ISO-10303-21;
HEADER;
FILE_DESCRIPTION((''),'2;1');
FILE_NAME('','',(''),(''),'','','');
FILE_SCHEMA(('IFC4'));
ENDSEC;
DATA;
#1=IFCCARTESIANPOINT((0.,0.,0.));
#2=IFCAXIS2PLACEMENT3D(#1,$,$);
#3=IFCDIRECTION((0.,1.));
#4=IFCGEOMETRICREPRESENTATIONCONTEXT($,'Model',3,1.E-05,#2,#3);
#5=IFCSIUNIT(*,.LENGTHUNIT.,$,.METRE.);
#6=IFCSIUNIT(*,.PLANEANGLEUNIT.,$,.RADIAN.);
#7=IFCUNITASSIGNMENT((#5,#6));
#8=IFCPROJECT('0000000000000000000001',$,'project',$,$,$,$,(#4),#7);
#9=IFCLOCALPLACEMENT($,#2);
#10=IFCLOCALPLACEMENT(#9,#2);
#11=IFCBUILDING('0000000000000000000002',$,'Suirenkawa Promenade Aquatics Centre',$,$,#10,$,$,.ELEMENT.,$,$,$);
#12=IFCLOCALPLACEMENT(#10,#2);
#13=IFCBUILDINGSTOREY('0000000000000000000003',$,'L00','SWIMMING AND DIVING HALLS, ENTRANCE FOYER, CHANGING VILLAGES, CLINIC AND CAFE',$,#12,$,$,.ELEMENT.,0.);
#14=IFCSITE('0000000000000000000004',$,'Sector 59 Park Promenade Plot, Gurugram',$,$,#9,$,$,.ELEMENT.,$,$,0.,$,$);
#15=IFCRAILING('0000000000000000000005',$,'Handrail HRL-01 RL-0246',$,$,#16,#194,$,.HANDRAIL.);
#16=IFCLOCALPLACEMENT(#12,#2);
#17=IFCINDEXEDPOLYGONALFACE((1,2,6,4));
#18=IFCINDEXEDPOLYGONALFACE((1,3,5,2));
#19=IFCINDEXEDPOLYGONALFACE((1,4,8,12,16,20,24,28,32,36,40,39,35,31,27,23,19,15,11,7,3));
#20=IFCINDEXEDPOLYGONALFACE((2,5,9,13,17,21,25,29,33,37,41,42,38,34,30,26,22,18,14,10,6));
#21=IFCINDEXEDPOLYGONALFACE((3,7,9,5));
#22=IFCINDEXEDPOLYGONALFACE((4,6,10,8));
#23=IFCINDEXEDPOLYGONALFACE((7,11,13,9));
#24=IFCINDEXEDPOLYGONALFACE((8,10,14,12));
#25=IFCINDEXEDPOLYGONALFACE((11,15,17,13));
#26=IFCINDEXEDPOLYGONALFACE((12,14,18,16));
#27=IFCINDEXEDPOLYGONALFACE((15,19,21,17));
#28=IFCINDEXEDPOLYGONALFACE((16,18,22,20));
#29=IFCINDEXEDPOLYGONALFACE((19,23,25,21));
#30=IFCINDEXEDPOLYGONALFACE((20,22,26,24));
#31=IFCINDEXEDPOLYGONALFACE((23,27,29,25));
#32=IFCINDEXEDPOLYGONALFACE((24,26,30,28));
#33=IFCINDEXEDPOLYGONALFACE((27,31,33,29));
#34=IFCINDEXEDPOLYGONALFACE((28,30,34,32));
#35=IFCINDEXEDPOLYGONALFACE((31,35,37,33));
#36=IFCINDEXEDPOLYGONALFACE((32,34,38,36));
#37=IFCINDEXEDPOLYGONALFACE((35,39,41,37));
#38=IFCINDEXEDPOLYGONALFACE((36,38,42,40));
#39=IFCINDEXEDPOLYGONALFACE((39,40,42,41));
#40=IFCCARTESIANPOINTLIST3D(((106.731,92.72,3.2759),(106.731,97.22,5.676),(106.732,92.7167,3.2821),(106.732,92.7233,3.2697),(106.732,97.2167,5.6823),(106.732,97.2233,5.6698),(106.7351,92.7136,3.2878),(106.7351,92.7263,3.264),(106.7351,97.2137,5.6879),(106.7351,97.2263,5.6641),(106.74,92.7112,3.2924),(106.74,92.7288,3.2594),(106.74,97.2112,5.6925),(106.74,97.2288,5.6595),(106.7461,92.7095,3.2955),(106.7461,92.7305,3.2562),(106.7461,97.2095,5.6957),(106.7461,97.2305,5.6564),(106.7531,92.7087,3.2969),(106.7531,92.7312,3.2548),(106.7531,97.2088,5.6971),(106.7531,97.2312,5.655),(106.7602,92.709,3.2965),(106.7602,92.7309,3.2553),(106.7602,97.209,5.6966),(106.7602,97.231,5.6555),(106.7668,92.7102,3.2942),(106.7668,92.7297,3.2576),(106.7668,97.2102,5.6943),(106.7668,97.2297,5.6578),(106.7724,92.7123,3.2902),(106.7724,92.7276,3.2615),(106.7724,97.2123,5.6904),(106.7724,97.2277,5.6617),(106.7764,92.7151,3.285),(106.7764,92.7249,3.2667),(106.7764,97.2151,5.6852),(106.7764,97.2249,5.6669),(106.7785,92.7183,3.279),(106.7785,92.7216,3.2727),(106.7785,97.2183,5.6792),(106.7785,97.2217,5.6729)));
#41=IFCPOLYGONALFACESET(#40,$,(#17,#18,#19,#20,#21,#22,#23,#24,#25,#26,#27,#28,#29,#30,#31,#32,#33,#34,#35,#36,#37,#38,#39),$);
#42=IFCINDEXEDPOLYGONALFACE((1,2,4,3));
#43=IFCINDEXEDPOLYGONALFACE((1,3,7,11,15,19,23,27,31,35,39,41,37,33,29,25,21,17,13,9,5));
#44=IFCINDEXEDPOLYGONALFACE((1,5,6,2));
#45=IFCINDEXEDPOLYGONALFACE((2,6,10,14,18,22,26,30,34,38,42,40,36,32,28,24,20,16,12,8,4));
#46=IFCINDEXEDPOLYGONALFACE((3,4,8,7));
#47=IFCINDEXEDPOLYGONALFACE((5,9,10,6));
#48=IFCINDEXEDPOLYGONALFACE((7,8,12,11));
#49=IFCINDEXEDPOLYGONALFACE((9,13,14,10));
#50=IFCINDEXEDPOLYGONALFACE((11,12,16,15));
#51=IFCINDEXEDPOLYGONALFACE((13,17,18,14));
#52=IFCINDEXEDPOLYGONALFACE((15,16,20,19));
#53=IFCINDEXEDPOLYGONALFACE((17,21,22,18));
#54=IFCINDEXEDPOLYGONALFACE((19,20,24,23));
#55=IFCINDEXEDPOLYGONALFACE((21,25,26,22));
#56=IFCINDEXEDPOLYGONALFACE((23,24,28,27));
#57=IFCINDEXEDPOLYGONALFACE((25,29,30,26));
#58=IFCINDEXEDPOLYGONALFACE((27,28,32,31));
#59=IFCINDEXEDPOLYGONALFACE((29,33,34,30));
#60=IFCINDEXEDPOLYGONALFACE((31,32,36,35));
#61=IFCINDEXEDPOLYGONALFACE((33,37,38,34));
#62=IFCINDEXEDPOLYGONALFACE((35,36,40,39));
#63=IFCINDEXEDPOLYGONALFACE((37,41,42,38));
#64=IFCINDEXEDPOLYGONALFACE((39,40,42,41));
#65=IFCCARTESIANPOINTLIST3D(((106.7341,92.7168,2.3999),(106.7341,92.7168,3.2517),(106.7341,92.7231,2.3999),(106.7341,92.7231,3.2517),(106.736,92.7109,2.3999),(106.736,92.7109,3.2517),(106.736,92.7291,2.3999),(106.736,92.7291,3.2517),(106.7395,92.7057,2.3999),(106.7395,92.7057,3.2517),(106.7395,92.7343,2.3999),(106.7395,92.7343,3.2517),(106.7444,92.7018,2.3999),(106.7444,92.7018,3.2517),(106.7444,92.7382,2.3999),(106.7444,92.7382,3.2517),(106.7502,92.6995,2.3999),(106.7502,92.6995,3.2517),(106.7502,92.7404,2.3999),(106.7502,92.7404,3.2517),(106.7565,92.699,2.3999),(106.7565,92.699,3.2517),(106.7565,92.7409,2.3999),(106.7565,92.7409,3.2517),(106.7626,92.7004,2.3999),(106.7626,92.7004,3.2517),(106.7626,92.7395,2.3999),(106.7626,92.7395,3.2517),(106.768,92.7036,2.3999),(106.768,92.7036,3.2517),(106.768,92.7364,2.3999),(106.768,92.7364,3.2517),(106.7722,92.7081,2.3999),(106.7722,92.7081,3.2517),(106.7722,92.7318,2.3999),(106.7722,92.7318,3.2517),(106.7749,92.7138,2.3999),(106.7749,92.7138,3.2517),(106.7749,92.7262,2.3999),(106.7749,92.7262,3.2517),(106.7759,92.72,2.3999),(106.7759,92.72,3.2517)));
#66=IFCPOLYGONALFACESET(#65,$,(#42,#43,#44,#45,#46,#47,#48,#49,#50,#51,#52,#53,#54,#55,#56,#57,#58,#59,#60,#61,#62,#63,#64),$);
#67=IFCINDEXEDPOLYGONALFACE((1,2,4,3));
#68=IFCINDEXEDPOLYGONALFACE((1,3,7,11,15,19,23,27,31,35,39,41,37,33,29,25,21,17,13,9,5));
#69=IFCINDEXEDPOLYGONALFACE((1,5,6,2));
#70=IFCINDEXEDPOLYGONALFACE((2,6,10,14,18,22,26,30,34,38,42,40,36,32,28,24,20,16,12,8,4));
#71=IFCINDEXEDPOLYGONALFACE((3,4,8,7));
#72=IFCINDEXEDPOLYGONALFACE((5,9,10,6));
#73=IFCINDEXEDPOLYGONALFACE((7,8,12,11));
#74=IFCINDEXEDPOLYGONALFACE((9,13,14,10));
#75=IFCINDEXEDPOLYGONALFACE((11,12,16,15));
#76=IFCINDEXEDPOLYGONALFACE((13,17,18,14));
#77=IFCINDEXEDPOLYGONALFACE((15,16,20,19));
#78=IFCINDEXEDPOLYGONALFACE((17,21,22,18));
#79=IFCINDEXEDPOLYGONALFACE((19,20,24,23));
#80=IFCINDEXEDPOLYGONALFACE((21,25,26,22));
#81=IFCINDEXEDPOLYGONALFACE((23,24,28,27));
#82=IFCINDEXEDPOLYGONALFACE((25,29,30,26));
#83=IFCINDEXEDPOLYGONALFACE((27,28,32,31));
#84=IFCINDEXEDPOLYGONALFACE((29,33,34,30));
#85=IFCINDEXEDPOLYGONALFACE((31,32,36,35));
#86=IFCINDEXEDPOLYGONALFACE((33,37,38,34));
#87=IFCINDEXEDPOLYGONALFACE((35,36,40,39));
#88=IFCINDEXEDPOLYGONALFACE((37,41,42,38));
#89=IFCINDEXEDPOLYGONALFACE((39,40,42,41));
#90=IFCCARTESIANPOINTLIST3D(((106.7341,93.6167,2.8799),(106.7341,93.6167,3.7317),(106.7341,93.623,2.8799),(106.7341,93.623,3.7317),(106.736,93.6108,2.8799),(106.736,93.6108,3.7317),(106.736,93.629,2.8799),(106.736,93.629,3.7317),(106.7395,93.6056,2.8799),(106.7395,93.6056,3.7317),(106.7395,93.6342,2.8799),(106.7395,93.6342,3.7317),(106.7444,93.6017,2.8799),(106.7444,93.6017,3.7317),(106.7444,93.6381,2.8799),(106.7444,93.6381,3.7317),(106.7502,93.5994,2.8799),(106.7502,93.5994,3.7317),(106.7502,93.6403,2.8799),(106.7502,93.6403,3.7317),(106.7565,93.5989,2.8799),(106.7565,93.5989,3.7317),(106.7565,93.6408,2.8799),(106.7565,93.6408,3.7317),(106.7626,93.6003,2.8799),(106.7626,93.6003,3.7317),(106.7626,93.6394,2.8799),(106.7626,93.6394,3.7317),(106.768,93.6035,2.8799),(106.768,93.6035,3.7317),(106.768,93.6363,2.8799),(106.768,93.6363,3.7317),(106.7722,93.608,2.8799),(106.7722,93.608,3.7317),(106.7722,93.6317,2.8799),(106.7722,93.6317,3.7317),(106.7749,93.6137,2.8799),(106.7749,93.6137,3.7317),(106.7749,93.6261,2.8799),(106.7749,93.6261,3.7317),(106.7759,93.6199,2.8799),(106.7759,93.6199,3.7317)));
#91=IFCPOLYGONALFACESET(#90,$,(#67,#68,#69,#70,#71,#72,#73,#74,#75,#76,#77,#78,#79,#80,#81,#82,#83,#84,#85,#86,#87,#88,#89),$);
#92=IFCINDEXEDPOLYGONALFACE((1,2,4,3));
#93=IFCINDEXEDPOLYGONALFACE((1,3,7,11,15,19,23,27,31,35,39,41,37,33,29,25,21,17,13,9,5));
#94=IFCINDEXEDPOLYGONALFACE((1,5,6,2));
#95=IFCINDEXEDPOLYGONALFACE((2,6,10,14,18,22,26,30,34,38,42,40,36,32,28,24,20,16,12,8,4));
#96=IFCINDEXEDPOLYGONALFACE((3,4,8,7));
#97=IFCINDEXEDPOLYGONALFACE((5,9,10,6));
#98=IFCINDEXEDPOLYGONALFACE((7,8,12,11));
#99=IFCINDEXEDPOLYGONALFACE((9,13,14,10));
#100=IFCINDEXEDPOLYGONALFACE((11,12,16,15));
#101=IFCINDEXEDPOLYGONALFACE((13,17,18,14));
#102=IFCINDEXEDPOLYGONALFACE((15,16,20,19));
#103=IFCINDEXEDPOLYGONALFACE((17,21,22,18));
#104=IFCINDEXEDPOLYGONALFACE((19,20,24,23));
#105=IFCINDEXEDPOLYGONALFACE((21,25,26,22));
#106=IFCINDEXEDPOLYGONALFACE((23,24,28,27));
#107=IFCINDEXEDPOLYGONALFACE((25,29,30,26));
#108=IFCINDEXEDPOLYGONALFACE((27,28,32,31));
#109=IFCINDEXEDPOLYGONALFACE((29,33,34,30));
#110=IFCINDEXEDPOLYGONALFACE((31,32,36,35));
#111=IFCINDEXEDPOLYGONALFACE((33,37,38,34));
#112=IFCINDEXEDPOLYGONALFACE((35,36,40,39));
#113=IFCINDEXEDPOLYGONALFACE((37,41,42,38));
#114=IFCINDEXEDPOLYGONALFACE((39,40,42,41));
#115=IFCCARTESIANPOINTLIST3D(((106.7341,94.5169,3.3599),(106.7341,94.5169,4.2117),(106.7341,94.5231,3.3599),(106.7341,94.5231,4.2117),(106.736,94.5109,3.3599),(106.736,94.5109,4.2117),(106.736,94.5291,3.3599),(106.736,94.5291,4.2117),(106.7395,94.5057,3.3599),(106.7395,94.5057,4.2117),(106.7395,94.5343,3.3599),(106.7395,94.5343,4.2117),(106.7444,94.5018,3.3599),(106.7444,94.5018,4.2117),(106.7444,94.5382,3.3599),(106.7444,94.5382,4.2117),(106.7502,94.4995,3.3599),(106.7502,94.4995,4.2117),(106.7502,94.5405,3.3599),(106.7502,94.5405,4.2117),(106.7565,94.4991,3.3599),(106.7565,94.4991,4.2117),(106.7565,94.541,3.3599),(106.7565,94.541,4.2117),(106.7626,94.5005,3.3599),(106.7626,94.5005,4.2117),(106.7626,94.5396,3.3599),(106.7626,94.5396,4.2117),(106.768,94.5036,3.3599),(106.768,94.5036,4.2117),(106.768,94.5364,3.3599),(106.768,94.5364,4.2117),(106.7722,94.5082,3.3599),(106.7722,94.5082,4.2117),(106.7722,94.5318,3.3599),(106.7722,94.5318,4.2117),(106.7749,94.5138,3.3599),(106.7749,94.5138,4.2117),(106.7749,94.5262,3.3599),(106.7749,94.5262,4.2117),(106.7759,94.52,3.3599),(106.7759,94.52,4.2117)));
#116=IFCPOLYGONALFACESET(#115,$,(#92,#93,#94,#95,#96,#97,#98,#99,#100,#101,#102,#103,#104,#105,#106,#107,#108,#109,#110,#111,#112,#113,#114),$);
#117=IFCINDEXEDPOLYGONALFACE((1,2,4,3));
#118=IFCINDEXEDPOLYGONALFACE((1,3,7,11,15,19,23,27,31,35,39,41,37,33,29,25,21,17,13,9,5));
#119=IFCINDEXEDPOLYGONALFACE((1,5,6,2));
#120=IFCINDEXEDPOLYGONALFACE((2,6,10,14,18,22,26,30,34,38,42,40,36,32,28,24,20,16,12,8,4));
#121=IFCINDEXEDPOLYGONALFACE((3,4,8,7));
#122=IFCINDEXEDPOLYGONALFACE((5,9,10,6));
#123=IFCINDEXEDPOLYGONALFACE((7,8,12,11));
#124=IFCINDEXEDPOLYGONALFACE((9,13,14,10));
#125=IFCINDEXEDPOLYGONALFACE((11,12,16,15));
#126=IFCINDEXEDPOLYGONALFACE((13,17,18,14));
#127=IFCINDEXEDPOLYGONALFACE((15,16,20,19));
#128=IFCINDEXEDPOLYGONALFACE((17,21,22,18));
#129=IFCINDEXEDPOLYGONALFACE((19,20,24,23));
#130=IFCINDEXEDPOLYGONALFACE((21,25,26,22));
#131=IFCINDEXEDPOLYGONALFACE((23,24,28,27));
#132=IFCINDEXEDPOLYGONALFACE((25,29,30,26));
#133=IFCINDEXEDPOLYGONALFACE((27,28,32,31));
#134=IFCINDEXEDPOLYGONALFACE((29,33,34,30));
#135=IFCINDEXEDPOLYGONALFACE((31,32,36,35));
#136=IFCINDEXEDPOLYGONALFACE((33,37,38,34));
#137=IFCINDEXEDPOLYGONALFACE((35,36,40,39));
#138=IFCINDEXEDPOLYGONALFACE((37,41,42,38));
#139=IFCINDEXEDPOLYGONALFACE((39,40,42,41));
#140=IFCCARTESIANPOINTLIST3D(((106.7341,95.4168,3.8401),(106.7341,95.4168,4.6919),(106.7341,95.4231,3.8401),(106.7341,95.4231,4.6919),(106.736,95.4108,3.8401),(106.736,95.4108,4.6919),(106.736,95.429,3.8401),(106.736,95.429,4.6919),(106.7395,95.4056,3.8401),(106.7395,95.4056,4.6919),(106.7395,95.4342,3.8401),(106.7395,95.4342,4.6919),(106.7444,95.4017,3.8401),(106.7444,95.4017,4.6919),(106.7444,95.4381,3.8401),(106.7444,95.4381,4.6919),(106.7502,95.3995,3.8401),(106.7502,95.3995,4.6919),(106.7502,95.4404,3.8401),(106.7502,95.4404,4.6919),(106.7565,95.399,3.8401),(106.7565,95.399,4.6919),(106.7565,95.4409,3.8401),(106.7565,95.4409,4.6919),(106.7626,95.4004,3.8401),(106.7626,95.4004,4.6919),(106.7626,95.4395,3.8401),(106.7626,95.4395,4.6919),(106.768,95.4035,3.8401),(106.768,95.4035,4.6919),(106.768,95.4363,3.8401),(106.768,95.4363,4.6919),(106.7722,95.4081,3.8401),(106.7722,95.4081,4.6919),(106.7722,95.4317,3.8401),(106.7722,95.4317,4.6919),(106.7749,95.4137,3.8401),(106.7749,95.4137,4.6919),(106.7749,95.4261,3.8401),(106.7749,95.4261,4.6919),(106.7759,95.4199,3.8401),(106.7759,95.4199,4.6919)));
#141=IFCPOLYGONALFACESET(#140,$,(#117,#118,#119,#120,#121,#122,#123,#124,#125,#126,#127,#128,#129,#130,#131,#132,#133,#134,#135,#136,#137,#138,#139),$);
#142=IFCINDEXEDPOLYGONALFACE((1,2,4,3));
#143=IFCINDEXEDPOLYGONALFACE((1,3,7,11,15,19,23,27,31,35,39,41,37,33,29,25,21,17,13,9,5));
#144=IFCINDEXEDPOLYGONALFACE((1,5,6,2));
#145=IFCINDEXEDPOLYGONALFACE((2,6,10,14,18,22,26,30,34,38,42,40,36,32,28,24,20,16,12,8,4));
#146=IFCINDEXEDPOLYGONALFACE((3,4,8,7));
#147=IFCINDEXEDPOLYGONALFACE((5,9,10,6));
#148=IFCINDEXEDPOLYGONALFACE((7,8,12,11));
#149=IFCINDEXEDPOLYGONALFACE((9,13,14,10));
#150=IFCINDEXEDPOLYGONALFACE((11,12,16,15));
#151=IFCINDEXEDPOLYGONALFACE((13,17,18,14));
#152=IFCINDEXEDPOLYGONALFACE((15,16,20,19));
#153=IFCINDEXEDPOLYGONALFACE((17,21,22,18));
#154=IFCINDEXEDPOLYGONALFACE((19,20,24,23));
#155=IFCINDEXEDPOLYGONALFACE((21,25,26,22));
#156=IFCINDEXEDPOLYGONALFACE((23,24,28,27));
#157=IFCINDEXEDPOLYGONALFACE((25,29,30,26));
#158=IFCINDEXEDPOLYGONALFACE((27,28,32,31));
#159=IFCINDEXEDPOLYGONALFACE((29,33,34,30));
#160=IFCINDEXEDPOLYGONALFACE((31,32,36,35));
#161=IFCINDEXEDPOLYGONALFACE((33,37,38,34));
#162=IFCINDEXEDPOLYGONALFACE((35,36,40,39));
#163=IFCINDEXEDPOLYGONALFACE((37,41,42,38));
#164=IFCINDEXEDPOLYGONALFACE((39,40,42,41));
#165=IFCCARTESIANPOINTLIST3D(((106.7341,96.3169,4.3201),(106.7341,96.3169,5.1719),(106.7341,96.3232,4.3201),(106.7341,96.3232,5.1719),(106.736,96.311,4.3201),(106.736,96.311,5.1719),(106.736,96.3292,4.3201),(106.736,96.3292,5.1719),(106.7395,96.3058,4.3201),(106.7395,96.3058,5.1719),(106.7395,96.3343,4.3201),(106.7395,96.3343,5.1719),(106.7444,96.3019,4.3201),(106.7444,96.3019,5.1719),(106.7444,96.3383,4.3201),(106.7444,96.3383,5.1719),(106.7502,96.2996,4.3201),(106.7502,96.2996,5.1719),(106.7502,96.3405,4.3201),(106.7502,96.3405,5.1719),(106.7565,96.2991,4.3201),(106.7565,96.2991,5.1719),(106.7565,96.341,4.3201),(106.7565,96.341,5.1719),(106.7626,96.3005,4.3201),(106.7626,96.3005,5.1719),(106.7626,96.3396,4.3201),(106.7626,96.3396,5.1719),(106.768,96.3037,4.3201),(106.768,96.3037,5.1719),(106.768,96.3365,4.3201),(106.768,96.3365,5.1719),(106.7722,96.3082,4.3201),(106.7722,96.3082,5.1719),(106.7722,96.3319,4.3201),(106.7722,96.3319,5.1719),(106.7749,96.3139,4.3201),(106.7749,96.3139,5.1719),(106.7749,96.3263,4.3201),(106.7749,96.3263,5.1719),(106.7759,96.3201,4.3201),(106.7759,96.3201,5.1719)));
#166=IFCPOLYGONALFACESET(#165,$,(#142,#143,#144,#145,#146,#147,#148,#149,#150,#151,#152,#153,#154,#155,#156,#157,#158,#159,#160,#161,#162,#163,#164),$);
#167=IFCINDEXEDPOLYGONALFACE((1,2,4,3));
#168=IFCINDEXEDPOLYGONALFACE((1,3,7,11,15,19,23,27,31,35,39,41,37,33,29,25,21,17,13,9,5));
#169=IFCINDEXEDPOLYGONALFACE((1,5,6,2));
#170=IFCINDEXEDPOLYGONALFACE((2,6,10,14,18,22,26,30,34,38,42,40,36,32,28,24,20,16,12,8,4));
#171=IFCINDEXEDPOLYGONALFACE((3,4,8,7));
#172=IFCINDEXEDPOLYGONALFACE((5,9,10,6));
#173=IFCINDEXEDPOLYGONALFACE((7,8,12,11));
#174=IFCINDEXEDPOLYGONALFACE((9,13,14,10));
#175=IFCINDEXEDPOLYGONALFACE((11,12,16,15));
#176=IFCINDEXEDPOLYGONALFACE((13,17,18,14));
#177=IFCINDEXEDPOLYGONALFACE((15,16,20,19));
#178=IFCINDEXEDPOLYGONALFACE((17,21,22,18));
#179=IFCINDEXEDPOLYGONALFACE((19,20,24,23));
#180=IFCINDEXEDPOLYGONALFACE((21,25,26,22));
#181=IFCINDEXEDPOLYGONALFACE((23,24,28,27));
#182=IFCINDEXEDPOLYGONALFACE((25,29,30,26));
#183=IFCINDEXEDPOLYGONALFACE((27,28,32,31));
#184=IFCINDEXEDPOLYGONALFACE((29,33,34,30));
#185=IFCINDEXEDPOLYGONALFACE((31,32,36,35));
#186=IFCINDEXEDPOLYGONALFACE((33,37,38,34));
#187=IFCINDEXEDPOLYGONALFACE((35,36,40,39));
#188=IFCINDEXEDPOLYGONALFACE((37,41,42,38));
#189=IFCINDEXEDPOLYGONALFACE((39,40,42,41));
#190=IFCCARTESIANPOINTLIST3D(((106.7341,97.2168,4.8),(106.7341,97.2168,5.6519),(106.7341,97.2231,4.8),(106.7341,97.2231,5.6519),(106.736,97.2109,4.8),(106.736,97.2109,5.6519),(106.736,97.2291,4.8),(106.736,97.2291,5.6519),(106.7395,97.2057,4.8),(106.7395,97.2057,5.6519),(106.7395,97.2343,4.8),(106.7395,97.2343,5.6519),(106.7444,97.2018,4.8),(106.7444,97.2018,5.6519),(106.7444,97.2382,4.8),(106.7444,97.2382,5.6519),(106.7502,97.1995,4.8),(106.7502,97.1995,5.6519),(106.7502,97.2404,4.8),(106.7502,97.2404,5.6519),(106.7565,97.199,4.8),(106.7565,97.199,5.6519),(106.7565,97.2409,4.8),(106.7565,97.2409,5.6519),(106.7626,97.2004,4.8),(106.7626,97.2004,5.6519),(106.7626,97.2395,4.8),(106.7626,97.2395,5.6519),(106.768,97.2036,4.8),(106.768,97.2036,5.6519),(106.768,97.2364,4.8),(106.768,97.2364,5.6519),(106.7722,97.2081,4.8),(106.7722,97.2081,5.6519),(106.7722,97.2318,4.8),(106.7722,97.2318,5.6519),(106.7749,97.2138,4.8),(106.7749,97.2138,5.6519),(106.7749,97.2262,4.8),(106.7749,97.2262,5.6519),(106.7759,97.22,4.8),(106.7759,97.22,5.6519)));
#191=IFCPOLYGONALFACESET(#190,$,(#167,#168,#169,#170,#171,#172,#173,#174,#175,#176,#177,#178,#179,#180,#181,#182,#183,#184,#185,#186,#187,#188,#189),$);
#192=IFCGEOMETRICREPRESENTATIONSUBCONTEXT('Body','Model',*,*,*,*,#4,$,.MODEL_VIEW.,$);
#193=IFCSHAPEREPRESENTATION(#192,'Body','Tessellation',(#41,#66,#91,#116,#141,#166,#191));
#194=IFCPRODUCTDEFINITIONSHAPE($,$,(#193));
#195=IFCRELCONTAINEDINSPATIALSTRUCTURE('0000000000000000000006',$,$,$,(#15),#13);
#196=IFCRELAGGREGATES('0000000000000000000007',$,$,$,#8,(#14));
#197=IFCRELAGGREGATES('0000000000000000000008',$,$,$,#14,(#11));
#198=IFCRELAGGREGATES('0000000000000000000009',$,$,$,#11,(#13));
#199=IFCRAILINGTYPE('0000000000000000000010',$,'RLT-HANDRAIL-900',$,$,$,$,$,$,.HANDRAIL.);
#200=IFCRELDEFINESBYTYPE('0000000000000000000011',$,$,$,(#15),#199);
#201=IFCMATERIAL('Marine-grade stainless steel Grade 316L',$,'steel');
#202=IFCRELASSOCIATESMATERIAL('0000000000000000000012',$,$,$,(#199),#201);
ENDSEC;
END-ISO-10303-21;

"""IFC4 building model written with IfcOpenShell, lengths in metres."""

from ifc_helpers import new_model, si_unit, direction, frame, origin, origin_2d, place, context, subcontext, project, spatial, circle, extrude, material, type_object, element, save


model = new_model("IFC4")

# Units and contexts
model_context = context("Model", 3, precision=1e-05, world=origin(), true_north=direction((0.0, 1.0)))
body_context = subcontext(model_context, "Body", "Model", "MODEL_VIEW")
ifc_project = project(units=[si_unit("LENGTHUNIT", "METRE"), si_unit("PLANEANGLEUNIT", "RADIAN")], contexts=[model_context])

# Site, building, storey
site_placement = place(None, origin())
site = spatial("IfcSite", under=ifc_project, at=site_placement, Name="Sector 59 Park Promenade Plot, Gurugram", CompositionType="ELEMENT", RefElevation=0.0)
building_placement = place(site_placement, origin())
building = spatial("IfcBuilding", under=site, at=building_placement, Name="Suirenkawa Promenade Aquatics Centre", CompositionType="ELEMENT")
storey_placement = place(building_placement, origin())
storey = spatial("IfcBuildingStorey", under=building, at=storey_placement, Name="L00", Description="SWIMMING AND DIVING HALLS, ENTRANCE FOYER, CHANGING VILLAGES, CLINIC AND CAFE", CompositionType="ELEMENT", Elevation=0.0)

# Railing
ifc_material_1 = material(Name="Marine-grade stainless steel Grade 316L", Category="steel")
railing_type_1 = type_object("IfcRailingType", Name="RLT-HANDRAIL-900", PredefinedType="HANDRAIL", material=ifc_material_1)
for number, where, name in (
    (1, (106.7549, 92.72, 2.3999), "Handrail HRL-01 RL-0246"),
):
    element("IfcRailing", number, at=place(storey_placement, frame(where)), inside=storey, type_object=railing_type_1, Name=name, PredefinedType="HANDRAIL", context=body_context, shape_type="SweptSolid", body=[
        extrude(circle(Radius=0.0239, at=origin_2d()), frame((0.0, 0.0, 0.876), z_axis=(0.0, 0.882341, 0.470611), x_axis=(-1.0, 0.0, 0.0)), (0.0, 0.0, 1.0), 5.1001),
        extrude(circle(Radius=0.021, at=origin_2d()), origin(), (0.0, 0.0, 1.0), 0.8518),
        extrude(circle(Radius=0.021, at=origin_2d()), frame((0.0, 0.8999, 0.48)), (0.0, 0.0, 1.0), 0.8518),
        extrude(circle(Radius=0.021, at=origin_2d()), frame((0.0, 1.8, 0.96)), (0.0, 0.0, 1.0), 0.8518),
        extrude(circle(Radius=0.021, at=origin_2d()), frame((0.0, 2.7, 1.4402)), (0.0, 0.0, 1.0), 0.8518),
        extrude(circle(Radius=0.021, at=origin_2d()), frame((0.0, 3.6001, 1.9202)), (0.0, 0.0, 1.0), 0.8518),
        extrude(circle(Radius=0.021, at=origin_2d()), frame((0.0, 4.5, 2.4001)), (0.0, 0.0, 1.0), 0.8518),
    ])

save(model, "model.ifc")
